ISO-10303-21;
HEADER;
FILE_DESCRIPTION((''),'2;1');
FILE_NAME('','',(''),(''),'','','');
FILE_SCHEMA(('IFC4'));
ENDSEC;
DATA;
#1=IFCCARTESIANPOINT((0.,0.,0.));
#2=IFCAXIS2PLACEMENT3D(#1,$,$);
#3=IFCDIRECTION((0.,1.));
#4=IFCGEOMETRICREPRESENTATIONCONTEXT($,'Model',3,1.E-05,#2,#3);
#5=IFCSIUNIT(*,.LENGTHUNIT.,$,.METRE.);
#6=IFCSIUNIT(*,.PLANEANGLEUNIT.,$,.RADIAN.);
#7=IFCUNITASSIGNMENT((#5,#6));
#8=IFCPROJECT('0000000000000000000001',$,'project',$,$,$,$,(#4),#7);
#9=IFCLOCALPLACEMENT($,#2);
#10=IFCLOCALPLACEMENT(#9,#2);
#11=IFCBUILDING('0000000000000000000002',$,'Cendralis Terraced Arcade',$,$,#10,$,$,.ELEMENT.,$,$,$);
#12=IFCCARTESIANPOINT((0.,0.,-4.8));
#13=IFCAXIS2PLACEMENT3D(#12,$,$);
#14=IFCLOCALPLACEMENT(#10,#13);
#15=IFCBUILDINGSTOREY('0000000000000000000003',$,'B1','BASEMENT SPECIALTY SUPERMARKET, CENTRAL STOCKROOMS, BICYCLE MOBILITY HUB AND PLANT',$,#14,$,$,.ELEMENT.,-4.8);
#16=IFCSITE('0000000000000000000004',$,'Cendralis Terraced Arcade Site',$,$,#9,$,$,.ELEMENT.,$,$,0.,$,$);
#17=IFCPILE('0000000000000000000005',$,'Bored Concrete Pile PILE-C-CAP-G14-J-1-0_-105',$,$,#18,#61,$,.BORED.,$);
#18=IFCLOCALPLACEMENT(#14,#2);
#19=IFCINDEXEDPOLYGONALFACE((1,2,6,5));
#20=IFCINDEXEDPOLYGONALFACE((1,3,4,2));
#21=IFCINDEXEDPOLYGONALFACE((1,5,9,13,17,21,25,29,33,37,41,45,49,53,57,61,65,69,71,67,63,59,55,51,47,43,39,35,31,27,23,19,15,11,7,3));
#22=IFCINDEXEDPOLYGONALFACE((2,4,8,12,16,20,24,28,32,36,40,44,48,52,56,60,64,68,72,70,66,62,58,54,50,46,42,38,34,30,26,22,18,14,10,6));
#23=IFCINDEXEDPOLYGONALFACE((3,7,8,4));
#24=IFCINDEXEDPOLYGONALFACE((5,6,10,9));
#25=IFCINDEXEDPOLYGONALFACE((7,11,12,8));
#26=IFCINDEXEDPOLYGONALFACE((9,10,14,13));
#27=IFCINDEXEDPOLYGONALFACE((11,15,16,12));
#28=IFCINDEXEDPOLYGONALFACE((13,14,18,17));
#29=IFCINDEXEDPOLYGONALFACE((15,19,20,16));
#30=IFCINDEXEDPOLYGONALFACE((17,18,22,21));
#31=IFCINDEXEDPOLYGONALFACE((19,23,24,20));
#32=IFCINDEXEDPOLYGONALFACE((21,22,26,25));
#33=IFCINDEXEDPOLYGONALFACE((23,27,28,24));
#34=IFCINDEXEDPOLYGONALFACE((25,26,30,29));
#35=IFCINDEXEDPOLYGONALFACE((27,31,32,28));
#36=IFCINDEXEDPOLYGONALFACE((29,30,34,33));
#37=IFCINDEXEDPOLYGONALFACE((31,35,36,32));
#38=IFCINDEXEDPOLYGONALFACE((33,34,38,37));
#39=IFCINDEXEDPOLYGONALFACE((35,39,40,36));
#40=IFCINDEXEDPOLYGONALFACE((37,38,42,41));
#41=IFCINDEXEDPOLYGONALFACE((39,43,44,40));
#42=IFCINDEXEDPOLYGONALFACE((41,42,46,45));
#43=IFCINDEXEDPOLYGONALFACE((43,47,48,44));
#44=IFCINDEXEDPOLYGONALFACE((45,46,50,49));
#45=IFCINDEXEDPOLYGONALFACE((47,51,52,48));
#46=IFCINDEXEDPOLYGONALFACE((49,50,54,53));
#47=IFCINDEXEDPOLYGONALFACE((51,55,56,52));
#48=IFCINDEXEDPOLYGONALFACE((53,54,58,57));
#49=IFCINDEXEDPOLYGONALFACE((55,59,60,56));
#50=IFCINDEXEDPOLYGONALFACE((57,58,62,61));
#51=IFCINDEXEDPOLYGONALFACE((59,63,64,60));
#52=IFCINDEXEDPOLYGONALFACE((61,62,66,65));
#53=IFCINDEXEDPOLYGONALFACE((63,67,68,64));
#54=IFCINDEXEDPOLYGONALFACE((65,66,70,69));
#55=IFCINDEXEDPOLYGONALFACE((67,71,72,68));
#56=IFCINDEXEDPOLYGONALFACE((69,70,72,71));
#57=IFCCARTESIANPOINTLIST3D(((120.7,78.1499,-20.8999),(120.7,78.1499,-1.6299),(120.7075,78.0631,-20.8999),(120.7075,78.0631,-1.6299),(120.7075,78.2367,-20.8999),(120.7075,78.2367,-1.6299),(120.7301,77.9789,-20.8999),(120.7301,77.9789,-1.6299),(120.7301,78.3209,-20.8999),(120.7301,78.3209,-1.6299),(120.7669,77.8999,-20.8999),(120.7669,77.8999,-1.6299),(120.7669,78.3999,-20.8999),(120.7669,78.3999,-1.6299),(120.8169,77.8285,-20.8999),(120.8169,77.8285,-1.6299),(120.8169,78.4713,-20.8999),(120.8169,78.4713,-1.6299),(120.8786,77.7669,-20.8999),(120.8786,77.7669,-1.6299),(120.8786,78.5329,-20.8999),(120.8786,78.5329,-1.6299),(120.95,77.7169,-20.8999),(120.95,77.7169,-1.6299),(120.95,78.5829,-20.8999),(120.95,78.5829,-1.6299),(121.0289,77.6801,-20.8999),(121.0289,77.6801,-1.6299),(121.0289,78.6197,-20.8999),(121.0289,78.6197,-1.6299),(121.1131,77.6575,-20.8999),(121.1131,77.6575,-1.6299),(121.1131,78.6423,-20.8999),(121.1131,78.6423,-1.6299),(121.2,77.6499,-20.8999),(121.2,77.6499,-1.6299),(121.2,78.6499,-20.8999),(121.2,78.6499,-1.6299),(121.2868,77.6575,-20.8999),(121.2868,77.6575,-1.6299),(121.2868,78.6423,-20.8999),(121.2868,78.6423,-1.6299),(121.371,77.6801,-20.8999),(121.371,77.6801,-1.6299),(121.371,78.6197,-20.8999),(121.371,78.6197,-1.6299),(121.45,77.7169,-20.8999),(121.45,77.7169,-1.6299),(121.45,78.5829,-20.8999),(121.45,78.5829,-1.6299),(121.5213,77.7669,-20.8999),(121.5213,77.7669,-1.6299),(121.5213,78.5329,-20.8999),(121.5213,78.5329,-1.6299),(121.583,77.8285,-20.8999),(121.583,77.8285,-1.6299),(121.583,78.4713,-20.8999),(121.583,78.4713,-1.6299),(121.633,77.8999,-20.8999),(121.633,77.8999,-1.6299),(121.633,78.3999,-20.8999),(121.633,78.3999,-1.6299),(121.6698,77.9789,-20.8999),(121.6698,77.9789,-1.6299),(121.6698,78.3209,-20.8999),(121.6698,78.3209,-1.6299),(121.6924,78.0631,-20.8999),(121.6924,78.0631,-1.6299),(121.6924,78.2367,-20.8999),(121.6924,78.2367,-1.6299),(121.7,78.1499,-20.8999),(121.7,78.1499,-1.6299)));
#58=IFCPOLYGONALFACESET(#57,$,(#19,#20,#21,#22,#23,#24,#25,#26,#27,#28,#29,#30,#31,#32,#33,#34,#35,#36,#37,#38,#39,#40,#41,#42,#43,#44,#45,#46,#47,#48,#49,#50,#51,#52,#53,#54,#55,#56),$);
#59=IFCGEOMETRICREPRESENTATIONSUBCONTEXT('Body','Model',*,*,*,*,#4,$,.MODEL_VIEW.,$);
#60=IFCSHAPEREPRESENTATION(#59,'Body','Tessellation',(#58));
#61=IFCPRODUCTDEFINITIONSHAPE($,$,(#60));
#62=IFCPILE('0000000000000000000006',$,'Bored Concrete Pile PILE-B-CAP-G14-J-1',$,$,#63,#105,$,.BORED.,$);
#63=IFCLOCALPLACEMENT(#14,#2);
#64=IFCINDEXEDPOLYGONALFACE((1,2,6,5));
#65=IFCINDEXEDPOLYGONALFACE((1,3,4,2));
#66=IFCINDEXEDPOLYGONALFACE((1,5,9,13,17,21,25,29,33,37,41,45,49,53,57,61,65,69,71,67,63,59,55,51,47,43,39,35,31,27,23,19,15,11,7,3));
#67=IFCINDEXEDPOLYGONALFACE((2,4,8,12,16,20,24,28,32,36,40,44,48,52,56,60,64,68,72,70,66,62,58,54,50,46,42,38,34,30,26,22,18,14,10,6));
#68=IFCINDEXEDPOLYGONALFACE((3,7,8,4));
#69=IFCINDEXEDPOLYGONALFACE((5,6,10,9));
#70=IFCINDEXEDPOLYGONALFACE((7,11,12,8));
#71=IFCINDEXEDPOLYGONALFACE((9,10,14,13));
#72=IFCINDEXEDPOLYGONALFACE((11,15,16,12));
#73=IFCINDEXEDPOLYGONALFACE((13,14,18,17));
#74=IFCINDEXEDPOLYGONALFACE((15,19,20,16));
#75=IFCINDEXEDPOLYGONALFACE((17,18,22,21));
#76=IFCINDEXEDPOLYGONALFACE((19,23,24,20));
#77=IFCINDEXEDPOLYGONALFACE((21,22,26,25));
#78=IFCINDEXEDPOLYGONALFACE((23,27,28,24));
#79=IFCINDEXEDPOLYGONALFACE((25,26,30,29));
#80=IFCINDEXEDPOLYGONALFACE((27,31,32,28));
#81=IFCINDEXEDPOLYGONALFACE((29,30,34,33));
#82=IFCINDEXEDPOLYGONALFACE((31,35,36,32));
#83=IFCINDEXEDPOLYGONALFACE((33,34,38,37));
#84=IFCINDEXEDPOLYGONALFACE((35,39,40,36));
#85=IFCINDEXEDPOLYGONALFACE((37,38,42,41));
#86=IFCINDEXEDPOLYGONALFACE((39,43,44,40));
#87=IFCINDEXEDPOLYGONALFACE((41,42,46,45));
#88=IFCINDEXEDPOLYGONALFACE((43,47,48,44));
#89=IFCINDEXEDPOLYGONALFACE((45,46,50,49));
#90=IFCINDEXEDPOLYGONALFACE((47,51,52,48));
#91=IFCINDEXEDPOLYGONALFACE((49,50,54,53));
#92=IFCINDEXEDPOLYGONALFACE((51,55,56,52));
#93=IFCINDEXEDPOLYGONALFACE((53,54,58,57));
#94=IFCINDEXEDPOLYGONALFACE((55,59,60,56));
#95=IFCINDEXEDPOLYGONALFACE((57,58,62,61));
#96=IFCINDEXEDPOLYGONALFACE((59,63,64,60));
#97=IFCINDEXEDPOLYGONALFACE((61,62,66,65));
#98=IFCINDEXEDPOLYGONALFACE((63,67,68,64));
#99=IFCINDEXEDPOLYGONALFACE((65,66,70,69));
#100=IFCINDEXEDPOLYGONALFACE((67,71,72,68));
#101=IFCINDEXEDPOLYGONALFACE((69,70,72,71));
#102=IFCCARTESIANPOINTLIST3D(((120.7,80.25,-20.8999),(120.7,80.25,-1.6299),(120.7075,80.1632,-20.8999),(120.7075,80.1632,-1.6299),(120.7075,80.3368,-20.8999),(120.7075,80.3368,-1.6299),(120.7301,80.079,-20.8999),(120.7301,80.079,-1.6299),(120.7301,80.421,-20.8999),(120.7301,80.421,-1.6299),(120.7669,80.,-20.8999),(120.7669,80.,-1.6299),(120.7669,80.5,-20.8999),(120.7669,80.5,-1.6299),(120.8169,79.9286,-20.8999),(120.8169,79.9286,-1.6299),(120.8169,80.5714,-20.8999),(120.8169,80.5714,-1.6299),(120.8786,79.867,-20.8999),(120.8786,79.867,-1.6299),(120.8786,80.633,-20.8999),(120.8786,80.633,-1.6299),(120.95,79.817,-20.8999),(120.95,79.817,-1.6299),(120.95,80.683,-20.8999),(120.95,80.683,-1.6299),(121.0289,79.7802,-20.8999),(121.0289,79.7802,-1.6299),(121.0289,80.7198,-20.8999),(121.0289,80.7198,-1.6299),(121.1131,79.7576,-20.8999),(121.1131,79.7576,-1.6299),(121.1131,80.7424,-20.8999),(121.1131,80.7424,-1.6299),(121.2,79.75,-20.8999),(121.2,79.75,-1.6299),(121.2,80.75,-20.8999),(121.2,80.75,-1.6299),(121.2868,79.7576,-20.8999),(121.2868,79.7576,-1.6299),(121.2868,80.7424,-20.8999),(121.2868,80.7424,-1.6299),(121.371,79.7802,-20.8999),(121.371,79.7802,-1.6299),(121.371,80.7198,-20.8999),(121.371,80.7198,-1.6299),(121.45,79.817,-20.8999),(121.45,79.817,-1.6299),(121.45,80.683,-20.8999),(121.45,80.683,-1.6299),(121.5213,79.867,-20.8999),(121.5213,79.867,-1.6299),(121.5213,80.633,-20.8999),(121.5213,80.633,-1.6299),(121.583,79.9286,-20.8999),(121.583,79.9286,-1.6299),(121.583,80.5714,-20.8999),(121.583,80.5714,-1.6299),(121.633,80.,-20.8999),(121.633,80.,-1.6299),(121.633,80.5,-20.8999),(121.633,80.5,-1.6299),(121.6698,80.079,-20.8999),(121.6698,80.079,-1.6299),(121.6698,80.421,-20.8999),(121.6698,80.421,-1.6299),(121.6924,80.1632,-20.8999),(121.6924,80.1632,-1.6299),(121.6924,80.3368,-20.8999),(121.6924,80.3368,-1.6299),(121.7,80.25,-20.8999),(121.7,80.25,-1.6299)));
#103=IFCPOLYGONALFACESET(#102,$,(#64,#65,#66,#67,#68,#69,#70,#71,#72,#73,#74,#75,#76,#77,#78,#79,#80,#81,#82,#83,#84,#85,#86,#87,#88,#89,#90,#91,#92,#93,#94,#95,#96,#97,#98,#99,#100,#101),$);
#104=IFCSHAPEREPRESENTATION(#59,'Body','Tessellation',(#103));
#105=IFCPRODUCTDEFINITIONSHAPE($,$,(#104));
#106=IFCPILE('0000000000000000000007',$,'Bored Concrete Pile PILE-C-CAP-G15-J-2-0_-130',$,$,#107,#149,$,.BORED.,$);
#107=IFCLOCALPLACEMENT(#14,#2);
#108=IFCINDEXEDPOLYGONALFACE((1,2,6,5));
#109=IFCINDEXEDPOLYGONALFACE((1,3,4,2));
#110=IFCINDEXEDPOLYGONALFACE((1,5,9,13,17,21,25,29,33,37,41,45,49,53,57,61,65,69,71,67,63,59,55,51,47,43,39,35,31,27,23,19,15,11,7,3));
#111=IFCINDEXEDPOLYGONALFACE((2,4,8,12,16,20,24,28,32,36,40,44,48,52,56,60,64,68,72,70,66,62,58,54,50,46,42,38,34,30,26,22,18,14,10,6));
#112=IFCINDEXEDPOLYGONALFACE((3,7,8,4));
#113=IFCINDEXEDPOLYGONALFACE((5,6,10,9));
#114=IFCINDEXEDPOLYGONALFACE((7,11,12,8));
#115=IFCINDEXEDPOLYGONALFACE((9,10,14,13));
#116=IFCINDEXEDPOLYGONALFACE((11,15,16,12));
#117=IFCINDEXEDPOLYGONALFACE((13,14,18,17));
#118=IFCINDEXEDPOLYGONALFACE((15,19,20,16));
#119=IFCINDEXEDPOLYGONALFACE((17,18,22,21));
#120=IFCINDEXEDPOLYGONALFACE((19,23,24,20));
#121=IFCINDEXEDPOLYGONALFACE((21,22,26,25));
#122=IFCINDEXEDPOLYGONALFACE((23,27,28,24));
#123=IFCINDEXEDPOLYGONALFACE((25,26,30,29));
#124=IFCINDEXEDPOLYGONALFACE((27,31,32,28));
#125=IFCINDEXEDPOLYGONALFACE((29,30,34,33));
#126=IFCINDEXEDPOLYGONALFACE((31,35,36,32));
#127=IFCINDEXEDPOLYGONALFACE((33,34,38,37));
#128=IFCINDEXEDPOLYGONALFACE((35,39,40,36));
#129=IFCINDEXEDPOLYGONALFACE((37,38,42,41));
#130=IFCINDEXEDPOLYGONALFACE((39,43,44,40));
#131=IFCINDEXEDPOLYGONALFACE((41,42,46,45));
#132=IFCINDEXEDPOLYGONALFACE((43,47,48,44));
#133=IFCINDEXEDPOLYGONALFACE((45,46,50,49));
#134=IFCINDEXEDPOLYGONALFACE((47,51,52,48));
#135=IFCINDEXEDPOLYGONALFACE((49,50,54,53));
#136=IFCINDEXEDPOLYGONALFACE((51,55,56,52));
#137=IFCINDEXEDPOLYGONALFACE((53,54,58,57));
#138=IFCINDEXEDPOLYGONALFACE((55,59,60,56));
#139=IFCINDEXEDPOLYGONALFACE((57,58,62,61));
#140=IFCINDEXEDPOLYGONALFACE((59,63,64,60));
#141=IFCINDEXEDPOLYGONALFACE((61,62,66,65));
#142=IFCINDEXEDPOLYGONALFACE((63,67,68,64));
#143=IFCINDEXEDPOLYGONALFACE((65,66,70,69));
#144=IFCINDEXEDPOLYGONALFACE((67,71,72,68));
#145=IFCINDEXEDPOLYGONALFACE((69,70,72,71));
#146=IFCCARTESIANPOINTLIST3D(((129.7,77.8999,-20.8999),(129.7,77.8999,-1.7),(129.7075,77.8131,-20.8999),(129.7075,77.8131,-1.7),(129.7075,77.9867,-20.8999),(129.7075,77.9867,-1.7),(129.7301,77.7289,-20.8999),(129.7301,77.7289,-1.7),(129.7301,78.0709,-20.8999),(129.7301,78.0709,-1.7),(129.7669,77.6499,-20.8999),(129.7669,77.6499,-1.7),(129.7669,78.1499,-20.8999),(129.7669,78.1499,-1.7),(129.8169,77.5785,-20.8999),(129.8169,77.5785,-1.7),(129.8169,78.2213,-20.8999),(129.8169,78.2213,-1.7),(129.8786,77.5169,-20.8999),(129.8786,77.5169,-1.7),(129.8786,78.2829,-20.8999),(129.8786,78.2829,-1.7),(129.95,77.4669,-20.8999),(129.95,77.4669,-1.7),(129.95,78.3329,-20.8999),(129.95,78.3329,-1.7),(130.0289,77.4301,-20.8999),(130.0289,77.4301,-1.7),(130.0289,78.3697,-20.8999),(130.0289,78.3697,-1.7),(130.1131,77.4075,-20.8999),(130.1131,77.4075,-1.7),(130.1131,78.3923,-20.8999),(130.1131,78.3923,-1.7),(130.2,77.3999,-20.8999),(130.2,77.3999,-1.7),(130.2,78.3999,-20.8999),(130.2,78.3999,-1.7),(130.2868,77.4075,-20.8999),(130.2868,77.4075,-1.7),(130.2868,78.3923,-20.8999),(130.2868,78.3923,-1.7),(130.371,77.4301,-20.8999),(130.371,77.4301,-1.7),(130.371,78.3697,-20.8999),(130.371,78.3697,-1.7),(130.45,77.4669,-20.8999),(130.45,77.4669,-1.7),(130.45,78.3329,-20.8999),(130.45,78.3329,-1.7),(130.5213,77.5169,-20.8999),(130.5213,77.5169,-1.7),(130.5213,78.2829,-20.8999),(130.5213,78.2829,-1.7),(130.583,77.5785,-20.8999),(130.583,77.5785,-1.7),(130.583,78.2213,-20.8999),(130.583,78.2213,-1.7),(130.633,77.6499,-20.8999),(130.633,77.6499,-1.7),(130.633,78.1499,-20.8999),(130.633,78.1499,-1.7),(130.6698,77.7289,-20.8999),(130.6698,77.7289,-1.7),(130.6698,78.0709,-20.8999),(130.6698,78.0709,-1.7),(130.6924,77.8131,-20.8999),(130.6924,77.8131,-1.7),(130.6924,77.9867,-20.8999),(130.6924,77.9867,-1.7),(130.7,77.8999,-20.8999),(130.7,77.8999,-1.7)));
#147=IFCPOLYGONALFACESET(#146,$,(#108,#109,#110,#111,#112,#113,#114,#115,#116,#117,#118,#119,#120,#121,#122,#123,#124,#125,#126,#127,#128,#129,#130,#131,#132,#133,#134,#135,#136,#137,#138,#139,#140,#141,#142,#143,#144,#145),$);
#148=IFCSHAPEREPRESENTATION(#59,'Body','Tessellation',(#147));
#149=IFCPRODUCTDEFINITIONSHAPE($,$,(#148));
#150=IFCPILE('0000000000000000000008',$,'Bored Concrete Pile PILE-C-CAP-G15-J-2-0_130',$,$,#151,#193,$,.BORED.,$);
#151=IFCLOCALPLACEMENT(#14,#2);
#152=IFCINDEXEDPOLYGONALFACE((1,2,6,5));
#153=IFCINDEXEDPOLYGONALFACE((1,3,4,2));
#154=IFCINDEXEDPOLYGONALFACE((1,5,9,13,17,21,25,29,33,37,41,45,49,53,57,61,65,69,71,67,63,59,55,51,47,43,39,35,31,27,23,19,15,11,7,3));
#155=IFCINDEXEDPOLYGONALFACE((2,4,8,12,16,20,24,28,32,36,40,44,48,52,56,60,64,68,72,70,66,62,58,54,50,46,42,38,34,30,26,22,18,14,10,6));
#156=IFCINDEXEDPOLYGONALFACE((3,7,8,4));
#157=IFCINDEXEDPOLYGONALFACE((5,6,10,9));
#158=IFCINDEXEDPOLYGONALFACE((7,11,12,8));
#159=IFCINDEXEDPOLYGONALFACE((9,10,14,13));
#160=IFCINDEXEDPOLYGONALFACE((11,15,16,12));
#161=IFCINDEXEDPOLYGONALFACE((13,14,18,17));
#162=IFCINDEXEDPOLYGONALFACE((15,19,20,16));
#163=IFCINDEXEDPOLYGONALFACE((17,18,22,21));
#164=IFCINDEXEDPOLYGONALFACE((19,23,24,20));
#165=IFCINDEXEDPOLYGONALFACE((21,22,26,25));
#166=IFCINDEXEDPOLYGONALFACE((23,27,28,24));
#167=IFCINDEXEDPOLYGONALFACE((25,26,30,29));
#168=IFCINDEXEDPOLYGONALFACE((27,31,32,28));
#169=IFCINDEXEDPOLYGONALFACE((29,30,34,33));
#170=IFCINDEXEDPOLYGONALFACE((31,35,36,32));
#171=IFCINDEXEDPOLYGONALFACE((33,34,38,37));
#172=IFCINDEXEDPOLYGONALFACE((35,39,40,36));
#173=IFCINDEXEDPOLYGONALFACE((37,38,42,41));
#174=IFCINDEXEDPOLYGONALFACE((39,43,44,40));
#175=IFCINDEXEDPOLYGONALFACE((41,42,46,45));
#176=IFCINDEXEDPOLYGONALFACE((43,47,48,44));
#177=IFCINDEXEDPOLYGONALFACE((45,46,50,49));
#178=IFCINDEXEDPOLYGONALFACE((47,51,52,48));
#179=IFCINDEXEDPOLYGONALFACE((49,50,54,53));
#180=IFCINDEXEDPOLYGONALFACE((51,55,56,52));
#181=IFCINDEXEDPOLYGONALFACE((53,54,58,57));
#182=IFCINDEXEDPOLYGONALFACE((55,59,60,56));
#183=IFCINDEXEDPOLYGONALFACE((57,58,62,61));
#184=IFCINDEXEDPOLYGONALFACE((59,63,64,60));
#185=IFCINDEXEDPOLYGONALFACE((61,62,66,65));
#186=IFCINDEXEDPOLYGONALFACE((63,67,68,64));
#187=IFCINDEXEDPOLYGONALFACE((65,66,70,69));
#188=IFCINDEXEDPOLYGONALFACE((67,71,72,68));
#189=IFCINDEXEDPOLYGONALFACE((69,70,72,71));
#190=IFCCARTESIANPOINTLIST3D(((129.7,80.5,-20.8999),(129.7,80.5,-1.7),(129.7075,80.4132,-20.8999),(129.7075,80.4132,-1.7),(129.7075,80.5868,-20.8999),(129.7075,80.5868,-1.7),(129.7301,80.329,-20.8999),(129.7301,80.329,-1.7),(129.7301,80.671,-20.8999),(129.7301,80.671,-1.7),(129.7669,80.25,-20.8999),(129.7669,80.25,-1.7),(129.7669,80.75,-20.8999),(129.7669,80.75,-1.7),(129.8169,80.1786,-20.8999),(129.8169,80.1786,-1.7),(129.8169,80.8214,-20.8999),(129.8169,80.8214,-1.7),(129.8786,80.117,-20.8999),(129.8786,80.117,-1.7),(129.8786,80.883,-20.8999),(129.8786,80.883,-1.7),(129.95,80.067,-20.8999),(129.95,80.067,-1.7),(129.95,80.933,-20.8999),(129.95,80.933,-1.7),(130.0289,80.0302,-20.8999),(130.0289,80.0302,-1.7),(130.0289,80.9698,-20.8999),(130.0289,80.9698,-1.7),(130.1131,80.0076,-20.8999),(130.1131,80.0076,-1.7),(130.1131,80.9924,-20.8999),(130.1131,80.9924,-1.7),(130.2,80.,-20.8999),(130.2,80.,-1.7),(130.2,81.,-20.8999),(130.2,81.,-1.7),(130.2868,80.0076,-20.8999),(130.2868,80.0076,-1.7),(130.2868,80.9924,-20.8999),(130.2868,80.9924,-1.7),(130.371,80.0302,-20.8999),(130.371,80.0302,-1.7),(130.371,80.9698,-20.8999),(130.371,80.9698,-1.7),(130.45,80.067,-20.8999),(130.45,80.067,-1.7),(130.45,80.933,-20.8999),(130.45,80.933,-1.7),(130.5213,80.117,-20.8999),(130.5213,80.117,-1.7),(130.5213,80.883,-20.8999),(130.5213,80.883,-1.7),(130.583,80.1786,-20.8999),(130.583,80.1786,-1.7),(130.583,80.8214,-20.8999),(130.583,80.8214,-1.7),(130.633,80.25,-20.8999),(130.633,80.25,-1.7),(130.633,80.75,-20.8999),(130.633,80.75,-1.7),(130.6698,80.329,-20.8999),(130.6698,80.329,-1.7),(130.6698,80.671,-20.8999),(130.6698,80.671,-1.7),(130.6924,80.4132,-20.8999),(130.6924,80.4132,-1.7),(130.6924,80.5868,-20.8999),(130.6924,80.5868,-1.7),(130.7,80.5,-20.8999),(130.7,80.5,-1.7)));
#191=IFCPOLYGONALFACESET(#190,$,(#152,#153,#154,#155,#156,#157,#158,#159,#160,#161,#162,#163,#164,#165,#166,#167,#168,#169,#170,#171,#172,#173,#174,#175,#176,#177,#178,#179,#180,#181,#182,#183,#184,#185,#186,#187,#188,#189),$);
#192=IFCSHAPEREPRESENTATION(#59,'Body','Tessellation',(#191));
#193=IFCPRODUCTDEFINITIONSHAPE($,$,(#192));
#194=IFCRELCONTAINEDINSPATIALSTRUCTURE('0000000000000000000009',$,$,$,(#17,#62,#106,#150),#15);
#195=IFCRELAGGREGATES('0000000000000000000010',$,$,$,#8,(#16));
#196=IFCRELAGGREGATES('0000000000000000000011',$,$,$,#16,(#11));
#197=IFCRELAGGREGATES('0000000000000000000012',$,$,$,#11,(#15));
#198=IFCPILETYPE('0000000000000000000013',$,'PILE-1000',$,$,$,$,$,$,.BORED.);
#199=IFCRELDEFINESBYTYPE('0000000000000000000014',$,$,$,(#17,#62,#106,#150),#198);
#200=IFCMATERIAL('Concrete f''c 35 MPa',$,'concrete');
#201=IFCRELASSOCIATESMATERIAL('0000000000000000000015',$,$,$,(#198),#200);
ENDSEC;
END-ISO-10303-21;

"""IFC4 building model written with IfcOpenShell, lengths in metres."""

from ifc_helpers import new_model, si_unit, direction, frame, origin, origin_2d, place, context, subcontext, project, spatial, circle, extrude, material, material_profile, profile_set, type_object, element, save


model = new_model("IFC4")

# Units and contexts
model_context = context("Model", 3, precision=1e-05, world=origin(), true_north=direction((0.0, 1.0)))
body_context = subcontext(model_context, "Body", "Model", "MODEL_VIEW")
ifc_project = project(units=[si_unit("LENGTHUNIT", "METRE"), si_unit("PLANEANGLEUNIT", "RADIAN")], contexts=[model_context])

# Site, building, storey
site_placement = place(None, origin())
site = spatial("IfcSite", under=ifc_project, at=site_placement, Name="Cendralis Terraced Arcade Site", CompositionType="ELEMENT", RefElevation=0.0)
building_placement = place(site_placement, origin())
building = spatial("IfcBuilding", under=site, at=building_placement, Name="Cendralis Terraced Arcade", CompositionType="ELEMENT")
storey_placement = place(building_placement, frame((0.0, 0.0, -4.8)))
storey = spatial("IfcBuildingStorey", under=building, at=storey_placement, Name="B1", Description="BASEMENT SPECIALTY SUPERMARKET, CENTRAL STOCKROOMS, BICYCLE MOBILITY HUB AND PLANT", CompositionType="ELEMENT", Elevation=-4.8)

# Shared definitions
ifc_material_1 = material(Name="Concrete f'c 35 MPa", Category="concrete")

# Piles
ifc_material_profile_1 = material_profile(ifc_material_1, circle(Radius=0.5, at=origin_2d()), Name="PILE-D1000", Category="LoadBearing")
ifc_profile_set_1 = profile_set([ifc_material_profile_1], Name="Concrete f'c 35 MPa")
pile_type_1 = type_object("IfcPileType", Name="PILE-1000", PredefinedType="BORED", material=ifc_profile_set_1)
for number, where, z_axis, x_axis, name in (
    (1, (121.2, 78.1499, -1.6299), (0.0, 0.0, -1.0), (1.0, 0.0, 0.0), "Bored Concrete Pile PILE-C-CAP-G14-J-1-0_-105"),
    (2, (121.2, 80.25, -1.6299), (0.0, 0.0, -1.0), (1.0, 0.0, 0.0), "Bored Concrete Pile PILE-B-CAP-G14-J-1"),
):
    element("IfcPile", number, at=place(storey_placement, frame(where, z_axis=z_axis, x_axis=x_axis)), inside=storey, type_object=pile_type_1, Name=name, PredefinedType="BORED", context=body_context, shape_type="SweptSolid", body=[
        extrude(circle(Radius=0.5, at=origin_2d()), origin(), (0.0, 0.0, 1.0), 19.27),
    ])
for number, where, z_axis, x_axis, name in (
    (3, (130.2, 77.8999, -1.7), (0.0, 0.0, -1.0), (1.0, 0.0, 0.0), "Bored Concrete Pile PILE-C-CAP-G15-J-2-0_-130"),
    (4, (130.2, 80.5, -1.7), (0.0, 0.0, -1.0), (1.0, 0.0, 0.0), "Bored Concrete Pile PILE-C-CAP-G15-J-2-0_130"),
):
    element("IfcPile", number, at=place(storey_placement, frame(where, z_axis=z_axis, x_axis=x_axis)), inside=storey, type_object=pile_type_1, Name=name, PredefinedType="BORED", context=body_context, shape_type="SweptSolid", body=[
        extrude(circle(Radius=0.5, at=origin_2d()), origin(), (0.0, 0.0, 1.0), 19.2),
    ])

save(model, "model.ifc")
